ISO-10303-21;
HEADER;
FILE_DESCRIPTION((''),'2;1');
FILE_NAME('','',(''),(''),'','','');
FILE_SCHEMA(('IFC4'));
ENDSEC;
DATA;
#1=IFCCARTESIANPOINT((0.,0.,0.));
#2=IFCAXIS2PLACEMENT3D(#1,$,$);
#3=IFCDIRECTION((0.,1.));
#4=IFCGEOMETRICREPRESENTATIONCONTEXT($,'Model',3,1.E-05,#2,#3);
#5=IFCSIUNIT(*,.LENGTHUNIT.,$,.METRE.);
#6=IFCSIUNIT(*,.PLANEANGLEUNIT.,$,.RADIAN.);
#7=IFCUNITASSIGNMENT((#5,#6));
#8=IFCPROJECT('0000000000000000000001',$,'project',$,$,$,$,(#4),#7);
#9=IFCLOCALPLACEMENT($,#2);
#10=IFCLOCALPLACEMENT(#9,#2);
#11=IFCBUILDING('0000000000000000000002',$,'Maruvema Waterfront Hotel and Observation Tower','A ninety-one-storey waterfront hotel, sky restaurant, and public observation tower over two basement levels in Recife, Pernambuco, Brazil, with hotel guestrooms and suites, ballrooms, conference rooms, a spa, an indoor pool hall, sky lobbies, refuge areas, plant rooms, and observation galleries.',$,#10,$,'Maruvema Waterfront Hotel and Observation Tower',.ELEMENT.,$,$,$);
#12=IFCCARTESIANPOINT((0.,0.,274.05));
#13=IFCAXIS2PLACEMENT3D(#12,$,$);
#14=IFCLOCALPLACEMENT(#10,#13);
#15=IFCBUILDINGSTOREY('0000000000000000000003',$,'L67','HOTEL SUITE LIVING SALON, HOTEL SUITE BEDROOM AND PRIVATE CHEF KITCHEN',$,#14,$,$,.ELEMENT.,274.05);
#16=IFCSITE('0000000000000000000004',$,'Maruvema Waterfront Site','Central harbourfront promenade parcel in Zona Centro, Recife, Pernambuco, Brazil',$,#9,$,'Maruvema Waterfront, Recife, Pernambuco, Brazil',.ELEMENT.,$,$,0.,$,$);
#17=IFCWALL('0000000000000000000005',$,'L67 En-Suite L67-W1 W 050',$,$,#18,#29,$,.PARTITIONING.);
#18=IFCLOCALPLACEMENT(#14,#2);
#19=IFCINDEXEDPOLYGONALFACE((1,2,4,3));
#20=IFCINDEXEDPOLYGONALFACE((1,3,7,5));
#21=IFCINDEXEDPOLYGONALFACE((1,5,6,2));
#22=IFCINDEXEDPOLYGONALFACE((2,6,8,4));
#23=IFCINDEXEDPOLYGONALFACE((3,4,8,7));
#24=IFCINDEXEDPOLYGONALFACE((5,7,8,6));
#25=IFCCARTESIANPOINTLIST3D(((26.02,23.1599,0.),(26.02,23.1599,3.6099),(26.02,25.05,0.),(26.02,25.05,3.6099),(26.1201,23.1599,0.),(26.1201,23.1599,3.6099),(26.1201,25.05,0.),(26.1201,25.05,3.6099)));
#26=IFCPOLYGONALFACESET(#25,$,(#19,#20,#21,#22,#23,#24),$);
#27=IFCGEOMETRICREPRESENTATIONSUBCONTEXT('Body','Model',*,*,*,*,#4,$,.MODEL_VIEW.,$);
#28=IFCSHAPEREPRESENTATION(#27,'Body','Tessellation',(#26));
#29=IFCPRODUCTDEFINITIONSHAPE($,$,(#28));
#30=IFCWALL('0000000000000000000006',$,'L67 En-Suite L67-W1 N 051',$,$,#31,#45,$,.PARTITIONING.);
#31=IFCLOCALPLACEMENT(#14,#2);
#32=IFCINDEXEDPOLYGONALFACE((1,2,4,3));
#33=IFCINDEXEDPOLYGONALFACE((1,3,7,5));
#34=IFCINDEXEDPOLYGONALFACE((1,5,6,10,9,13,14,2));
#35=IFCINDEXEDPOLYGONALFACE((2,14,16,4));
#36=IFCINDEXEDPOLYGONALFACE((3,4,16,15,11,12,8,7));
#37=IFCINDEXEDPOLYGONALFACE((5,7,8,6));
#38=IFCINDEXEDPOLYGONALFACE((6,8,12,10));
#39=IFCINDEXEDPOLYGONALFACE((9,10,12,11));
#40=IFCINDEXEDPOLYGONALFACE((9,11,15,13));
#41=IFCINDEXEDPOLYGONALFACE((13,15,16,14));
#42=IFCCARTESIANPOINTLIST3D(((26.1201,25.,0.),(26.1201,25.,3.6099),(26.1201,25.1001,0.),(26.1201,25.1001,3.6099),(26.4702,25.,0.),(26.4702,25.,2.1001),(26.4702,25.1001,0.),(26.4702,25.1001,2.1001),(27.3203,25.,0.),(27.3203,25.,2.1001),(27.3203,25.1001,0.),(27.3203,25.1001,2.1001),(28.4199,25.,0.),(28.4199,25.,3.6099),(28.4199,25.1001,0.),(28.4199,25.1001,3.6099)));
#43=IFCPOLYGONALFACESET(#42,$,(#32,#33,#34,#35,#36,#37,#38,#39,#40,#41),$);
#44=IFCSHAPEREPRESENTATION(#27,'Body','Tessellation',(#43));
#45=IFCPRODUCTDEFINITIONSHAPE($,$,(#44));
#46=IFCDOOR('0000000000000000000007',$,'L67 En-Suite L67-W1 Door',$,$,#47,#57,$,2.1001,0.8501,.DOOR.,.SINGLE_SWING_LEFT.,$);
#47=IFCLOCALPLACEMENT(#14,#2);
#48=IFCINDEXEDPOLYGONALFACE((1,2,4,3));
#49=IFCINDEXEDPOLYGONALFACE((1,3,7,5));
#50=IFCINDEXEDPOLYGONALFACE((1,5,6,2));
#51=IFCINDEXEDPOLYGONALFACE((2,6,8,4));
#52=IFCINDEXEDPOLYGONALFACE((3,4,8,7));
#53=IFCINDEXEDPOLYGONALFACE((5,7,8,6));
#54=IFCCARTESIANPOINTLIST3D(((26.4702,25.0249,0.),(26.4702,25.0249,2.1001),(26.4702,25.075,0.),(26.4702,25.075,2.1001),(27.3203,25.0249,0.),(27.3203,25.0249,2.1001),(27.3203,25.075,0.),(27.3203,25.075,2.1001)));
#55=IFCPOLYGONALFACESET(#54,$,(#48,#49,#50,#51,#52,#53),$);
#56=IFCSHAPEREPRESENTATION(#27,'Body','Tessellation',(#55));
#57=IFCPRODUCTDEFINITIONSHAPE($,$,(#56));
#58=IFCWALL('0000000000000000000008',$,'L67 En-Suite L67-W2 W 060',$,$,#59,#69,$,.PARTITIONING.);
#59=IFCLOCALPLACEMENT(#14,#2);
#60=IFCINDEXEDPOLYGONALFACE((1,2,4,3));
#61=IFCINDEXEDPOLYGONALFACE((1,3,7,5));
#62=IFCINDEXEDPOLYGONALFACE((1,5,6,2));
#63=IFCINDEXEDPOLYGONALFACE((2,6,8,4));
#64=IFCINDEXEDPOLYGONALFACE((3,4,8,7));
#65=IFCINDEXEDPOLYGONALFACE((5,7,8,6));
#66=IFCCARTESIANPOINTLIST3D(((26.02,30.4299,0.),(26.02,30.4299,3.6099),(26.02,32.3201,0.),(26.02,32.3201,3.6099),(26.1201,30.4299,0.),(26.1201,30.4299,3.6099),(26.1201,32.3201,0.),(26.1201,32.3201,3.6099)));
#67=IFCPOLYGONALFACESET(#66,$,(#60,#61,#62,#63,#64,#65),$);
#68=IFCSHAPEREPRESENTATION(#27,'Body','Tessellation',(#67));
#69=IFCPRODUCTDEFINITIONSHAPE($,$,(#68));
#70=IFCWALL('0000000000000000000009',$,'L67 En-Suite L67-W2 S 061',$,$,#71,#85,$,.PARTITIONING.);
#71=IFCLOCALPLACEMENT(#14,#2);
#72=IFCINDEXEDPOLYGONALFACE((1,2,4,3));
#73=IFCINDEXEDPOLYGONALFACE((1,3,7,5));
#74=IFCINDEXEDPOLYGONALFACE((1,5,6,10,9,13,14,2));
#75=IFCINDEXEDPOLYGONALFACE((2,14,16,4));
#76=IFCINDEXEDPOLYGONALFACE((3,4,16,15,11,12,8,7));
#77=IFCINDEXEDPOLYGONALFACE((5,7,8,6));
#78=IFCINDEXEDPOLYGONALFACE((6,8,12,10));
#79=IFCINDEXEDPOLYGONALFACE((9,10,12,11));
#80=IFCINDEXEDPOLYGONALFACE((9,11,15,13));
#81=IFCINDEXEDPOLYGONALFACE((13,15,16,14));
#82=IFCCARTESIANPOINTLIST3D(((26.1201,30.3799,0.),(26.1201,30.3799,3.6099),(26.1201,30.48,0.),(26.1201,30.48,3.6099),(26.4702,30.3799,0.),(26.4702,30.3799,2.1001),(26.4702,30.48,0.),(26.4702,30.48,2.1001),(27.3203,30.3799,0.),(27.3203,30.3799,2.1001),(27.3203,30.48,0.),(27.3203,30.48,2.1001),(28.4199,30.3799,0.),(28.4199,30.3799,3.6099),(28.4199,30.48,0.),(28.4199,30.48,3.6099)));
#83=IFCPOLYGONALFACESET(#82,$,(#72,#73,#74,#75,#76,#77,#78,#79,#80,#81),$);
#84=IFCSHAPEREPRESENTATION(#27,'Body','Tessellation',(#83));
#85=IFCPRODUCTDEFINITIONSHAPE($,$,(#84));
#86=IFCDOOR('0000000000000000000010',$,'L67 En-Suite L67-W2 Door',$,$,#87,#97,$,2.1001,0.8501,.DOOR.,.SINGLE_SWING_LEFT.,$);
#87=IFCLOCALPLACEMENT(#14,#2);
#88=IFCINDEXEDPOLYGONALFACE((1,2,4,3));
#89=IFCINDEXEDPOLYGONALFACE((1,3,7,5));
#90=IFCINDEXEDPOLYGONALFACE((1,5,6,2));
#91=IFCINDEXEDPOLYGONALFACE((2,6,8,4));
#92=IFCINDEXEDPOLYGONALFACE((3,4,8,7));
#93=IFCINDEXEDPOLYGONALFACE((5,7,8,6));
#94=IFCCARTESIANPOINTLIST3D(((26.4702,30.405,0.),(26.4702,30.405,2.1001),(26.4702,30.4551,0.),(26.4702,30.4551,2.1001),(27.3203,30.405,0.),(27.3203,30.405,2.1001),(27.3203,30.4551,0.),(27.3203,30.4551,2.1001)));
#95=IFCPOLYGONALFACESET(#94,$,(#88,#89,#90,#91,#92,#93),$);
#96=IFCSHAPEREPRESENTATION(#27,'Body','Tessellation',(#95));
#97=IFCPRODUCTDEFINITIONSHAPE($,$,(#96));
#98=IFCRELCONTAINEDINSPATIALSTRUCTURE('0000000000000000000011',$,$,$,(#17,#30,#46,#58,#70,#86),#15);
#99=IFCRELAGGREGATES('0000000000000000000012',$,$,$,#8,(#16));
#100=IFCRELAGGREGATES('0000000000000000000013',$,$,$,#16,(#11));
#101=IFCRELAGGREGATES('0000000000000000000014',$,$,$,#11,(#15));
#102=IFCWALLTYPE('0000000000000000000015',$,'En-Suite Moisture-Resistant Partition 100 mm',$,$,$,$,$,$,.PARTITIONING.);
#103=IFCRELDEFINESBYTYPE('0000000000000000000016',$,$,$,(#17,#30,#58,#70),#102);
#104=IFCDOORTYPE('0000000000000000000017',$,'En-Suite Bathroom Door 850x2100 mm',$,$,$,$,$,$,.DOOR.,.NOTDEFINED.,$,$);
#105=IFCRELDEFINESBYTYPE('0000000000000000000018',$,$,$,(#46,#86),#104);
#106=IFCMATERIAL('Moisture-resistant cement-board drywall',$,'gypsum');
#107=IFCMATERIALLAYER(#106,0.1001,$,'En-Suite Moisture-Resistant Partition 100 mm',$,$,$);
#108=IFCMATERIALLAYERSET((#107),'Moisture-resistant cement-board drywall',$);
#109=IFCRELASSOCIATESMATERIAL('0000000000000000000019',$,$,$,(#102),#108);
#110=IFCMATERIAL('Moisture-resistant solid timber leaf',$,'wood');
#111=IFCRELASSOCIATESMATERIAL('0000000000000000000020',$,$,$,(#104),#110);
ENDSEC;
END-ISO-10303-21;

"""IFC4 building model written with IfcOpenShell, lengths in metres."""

from ifc_helpers import new_model, si_unit, direction, frame, frame_2d, origin, place, context, subcontext, project, spatial, rectangle, extrude, material, layer, layer_set, type_object, element, fill, save


model = new_model("IFC4")

# Units and contexts
model_context = context("Model", 3, precision=1e-05, world=origin(), true_north=direction((0.0, 1.0)))
body_context = subcontext(model_context, "Body", "Model", "MODEL_VIEW")
ifc_project = project(units=[si_unit("LENGTHUNIT", "METRE"), si_unit("PLANEANGLEUNIT", "RADIAN")], contexts=[model_context])

# Site, building, storey
site_placement = place(None, origin())
site = spatial("IfcSite", under=ifc_project, at=site_placement, Name="Maruvema Waterfront Site", Description="Central harbourfront promenade parcel in Zona Centro, Recife, Pernambuco, Brazil", LongName="Maruvema Waterfront, Recife, Pernambuco, Brazil", CompositionType="ELEMENT", RefElevation=0.0)
building_placement = place(site_placement, origin())
building = spatial("IfcBuilding", under=site, at=building_placement, Name="Maruvema Waterfront Hotel and Observation Tower", Description="A ninety-one-storey waterfront hotel, sky restaurant, and public observation tower over two basement levels in Recife, Pernambuco, Brazil, with hotel guestrooms and suites, ballrooms, conference rooms, a spa, an indoor pool hall, sky lobbies, refuge areas, plant rooms, and observation galleries.", LongName="Maruvema Waterfront Hotel and Observation Tower", CompositionType="ELEMENT")
storey_placement = place(building_placement, frame((0.0, 0.0, 274.05)))
storey = spatial("IfcBuildingStorey", under=building, at=storey_placement, Name="L67", Description="HOTEL SUITE LIVING SALON, HOTEL SUITE BEDROOM AND PRIVATE CHEF KITCHEN", CompositionType="ELEMENT", Elevation=274.05)

# Wall
ifc_material_1 = material(Name="Moisture-resistant cement-board drywall", Category="gypsum")
ifc_layer_1 = layer(ifc_material_1, 0.1001, Name="En-Suite Moisture-Resistant Partition 100 mm")
ifc_layer_set_1 = layer_set([ifc_layer_1], Name="Moisture-resistant cement-board drywall")
wall_type_1 = type_object("IfcWallType", Name="En-Suite Moisture-Resistant Partition 100 mm", PredefinedType="PARTITIONING", material=ifc_layer_set_1)
wall_1_placement = place(storey_placement, frame((26.0701, 23.1599, 0.0), z_axis=(0.0, 0.0, 1.0), x_axis=(0.0, 1.0, 0.0)))
element("IfcWall", 1, at=wall_1_placement, inside=storey, type_object=wall_type_1, Name="L67 En-Suite L67-W1 W 050", PredefinedType="PARTITIONING", context=body_context, shape_type="SweptSolid", body=[
    extrude(rectangle(XDim=1.8901, YDim=0.1001, at=frame_2d((0.9451, 0.0))), origin(), (0.0, 0.0, 1.0), 3.6099),
])

# Wall, opening, door
wall_2_placement = place(storey_placement, frame((26.1201, 25.05, 0.0), z_axis=(0.0, 0.0, 1.0), x_axis=(1.0, 0.0, 0.0)))
wall_2 = element("IfcWall", 2, at=wall_2_placement, inside=storey, type_object=wall_type_1, Name="L67 En-Suite L67-W1 N 051", PredefinedType="PARTITIONING", context=body_context, shape_type="SweptSolid", body=[
    extrude(rectangle(XDim=2.2998, YDim=0.1001, at=frame_2d((1.1499, 0.0))), origin(), (0.0, 0.0, 1.0), 3.6099),
])
opening_1_placement = place(wall_2_placement, frame((0.3501, 0.0, 0.0)))
opening_1 = element("IfcOpeningElement", 3, at=opening_1_placement, cuts=wall_2, PredefinedType="OPENING", context=body_context, shape_type="SweptSolid", body=[
    extrude(rectangle(XDim=0.8501, YDim=2.1001, at=frame_2d((0.425, 1.05))), frame((0.0, 0.0601, 0.0), z_axis=(0.0, -1.0, 0.0), x_axis=(1.0, 0.0, 0.0)), (0.0, 0.0, 1.0), 0.1201),
])
ifc_material_2 = material(Name="Moisture-resistant solid timber leaf", Category="wood")
door_type_1 = type_object("IfcDoorType", Name="En-Suite Bathroom Door 850x2100 mm", OperationType="NOTDEFINED", PredefinedType="DOOR", material=ifc_material_2)
door_1_placement = place(opening_1_placement, origin())
door_1 = element("IfcDoor", 4, at=door_1_placement, inside=storey, type_object=door_type_1, Name="L67 En-Suite L67-W1 Door", OperationType="SINGLE_SWING_LEFT", OverallHeight=2.1001, OverallWidth=0.8501, PredefinedType="DOOR", context=body_context, shape_type="SweptSolid", body=[
    extrude(rectangle(XDim=0.8501, YDim=2.1001, at=frame_2d((0.425, 1.05))), frame((0.0, 0.0249, 0.0), z_axis=(0.0, -1.0, 0.0), x_axis=(1.0, 0.0, 0.0)), (0.0, 0.0, 1.0), 0.05),
])
fill(opening_1, door_1)

# Wall
wall_3_placement = place(storey_placement, frame((26.0701, 30.4299, 0.0), z_axis=(0.0, 0.0, 1.0), x_axis=(0.0, 1.0, 0.0)))
element("IfcWall", 5, at=wall_3_placement, inside=storey, type_object=wall_type_1, Name="L67 En-Suite L67-W2 W 060", PredefinedType="PARTITIONING", context=body_context, shape_type="SweptSolid", body=[
    extrude(rectangle(XDim=1.8901, YDim=0.1001, at=frame_2d((0.9451, 0.0))), origin(), (0.0, 0.0, 1.0), 3.6099),
])

# Wall, opening, door
wall_4_placement = place(storey_placement, frame((26.1201, 30.4299, 0.0), z_axis=(0.0, 0.0, 1.0), x_axis=(1.0, 0.0, 0.0)))
wall_4 = element("IfcWall", 6, at=wall_4_placement, inside=storey, type_object=wall_type_1, Name="L67 En-Suite L67-W2 S 061", PredefinedType="PARTITIONING", context=body_context, shape_type="SweptSolid", body=[
    extrude(rectangle(XDim=2.2998, YDim=0.1001, at=frame_2d((1.1499, 0.0))), origin(), (0.0, 0.0, 1.0), 3.6099),
])
opening_2_placement = place(wall_4_placement, frame((0.3501, 0.0, 0.0)))
opening_2 = element("IfcOpeningElement", 7, at=opening_2_placement, cuts=wall_4, PredefinedType="OPENING", context=body_context, shape_type="SweptSolid", body=[
    extrude(rectangle(XDim=0.8501, YDim=2.1001, at=frame_2d((0.425, 1.05))), frame((0.0, 0.0601, 0.0), z_axis=(0.0, -1.0, 0.0), x_axis=(1.0, 0.0, 0.0)), (0.0, 0.0, 1.0), 0.1201),
])
door_2_placement = place(opening_2_placement, frame((0.8501, 0.0, 0.0), z_axis=(0.0, 0.0, 1.0), x_axis=(-1.0, 0.0, 0.0)))
door_2 = element("IfcDoor", 8, at=door_2_placement, inside=storey, type_object=door_type_1, Name="L67 En-Suite L67-W2 Door", OperationType="SINGLE_SWING_LEFT", OverallHeight=2.1001, OverallWidth=0.8501, PredefinedType="DOOR", context=body_context, shape_type="SweptSolid", body=[
    extrude(rectangle(XDim=0.8501, YDim=2.1001, at=frame_2d((0.425, 1.05))), frame((0.0, 0.0249, 0.0), z_axis=(0.0, -1.0, 0.0), x_axis=(1.0, 0.0, 0.0)), (0.0, 0.0, 1.0), 0.05),
])
fill(opening_2, door_2)

save(model, "model.ifc")
